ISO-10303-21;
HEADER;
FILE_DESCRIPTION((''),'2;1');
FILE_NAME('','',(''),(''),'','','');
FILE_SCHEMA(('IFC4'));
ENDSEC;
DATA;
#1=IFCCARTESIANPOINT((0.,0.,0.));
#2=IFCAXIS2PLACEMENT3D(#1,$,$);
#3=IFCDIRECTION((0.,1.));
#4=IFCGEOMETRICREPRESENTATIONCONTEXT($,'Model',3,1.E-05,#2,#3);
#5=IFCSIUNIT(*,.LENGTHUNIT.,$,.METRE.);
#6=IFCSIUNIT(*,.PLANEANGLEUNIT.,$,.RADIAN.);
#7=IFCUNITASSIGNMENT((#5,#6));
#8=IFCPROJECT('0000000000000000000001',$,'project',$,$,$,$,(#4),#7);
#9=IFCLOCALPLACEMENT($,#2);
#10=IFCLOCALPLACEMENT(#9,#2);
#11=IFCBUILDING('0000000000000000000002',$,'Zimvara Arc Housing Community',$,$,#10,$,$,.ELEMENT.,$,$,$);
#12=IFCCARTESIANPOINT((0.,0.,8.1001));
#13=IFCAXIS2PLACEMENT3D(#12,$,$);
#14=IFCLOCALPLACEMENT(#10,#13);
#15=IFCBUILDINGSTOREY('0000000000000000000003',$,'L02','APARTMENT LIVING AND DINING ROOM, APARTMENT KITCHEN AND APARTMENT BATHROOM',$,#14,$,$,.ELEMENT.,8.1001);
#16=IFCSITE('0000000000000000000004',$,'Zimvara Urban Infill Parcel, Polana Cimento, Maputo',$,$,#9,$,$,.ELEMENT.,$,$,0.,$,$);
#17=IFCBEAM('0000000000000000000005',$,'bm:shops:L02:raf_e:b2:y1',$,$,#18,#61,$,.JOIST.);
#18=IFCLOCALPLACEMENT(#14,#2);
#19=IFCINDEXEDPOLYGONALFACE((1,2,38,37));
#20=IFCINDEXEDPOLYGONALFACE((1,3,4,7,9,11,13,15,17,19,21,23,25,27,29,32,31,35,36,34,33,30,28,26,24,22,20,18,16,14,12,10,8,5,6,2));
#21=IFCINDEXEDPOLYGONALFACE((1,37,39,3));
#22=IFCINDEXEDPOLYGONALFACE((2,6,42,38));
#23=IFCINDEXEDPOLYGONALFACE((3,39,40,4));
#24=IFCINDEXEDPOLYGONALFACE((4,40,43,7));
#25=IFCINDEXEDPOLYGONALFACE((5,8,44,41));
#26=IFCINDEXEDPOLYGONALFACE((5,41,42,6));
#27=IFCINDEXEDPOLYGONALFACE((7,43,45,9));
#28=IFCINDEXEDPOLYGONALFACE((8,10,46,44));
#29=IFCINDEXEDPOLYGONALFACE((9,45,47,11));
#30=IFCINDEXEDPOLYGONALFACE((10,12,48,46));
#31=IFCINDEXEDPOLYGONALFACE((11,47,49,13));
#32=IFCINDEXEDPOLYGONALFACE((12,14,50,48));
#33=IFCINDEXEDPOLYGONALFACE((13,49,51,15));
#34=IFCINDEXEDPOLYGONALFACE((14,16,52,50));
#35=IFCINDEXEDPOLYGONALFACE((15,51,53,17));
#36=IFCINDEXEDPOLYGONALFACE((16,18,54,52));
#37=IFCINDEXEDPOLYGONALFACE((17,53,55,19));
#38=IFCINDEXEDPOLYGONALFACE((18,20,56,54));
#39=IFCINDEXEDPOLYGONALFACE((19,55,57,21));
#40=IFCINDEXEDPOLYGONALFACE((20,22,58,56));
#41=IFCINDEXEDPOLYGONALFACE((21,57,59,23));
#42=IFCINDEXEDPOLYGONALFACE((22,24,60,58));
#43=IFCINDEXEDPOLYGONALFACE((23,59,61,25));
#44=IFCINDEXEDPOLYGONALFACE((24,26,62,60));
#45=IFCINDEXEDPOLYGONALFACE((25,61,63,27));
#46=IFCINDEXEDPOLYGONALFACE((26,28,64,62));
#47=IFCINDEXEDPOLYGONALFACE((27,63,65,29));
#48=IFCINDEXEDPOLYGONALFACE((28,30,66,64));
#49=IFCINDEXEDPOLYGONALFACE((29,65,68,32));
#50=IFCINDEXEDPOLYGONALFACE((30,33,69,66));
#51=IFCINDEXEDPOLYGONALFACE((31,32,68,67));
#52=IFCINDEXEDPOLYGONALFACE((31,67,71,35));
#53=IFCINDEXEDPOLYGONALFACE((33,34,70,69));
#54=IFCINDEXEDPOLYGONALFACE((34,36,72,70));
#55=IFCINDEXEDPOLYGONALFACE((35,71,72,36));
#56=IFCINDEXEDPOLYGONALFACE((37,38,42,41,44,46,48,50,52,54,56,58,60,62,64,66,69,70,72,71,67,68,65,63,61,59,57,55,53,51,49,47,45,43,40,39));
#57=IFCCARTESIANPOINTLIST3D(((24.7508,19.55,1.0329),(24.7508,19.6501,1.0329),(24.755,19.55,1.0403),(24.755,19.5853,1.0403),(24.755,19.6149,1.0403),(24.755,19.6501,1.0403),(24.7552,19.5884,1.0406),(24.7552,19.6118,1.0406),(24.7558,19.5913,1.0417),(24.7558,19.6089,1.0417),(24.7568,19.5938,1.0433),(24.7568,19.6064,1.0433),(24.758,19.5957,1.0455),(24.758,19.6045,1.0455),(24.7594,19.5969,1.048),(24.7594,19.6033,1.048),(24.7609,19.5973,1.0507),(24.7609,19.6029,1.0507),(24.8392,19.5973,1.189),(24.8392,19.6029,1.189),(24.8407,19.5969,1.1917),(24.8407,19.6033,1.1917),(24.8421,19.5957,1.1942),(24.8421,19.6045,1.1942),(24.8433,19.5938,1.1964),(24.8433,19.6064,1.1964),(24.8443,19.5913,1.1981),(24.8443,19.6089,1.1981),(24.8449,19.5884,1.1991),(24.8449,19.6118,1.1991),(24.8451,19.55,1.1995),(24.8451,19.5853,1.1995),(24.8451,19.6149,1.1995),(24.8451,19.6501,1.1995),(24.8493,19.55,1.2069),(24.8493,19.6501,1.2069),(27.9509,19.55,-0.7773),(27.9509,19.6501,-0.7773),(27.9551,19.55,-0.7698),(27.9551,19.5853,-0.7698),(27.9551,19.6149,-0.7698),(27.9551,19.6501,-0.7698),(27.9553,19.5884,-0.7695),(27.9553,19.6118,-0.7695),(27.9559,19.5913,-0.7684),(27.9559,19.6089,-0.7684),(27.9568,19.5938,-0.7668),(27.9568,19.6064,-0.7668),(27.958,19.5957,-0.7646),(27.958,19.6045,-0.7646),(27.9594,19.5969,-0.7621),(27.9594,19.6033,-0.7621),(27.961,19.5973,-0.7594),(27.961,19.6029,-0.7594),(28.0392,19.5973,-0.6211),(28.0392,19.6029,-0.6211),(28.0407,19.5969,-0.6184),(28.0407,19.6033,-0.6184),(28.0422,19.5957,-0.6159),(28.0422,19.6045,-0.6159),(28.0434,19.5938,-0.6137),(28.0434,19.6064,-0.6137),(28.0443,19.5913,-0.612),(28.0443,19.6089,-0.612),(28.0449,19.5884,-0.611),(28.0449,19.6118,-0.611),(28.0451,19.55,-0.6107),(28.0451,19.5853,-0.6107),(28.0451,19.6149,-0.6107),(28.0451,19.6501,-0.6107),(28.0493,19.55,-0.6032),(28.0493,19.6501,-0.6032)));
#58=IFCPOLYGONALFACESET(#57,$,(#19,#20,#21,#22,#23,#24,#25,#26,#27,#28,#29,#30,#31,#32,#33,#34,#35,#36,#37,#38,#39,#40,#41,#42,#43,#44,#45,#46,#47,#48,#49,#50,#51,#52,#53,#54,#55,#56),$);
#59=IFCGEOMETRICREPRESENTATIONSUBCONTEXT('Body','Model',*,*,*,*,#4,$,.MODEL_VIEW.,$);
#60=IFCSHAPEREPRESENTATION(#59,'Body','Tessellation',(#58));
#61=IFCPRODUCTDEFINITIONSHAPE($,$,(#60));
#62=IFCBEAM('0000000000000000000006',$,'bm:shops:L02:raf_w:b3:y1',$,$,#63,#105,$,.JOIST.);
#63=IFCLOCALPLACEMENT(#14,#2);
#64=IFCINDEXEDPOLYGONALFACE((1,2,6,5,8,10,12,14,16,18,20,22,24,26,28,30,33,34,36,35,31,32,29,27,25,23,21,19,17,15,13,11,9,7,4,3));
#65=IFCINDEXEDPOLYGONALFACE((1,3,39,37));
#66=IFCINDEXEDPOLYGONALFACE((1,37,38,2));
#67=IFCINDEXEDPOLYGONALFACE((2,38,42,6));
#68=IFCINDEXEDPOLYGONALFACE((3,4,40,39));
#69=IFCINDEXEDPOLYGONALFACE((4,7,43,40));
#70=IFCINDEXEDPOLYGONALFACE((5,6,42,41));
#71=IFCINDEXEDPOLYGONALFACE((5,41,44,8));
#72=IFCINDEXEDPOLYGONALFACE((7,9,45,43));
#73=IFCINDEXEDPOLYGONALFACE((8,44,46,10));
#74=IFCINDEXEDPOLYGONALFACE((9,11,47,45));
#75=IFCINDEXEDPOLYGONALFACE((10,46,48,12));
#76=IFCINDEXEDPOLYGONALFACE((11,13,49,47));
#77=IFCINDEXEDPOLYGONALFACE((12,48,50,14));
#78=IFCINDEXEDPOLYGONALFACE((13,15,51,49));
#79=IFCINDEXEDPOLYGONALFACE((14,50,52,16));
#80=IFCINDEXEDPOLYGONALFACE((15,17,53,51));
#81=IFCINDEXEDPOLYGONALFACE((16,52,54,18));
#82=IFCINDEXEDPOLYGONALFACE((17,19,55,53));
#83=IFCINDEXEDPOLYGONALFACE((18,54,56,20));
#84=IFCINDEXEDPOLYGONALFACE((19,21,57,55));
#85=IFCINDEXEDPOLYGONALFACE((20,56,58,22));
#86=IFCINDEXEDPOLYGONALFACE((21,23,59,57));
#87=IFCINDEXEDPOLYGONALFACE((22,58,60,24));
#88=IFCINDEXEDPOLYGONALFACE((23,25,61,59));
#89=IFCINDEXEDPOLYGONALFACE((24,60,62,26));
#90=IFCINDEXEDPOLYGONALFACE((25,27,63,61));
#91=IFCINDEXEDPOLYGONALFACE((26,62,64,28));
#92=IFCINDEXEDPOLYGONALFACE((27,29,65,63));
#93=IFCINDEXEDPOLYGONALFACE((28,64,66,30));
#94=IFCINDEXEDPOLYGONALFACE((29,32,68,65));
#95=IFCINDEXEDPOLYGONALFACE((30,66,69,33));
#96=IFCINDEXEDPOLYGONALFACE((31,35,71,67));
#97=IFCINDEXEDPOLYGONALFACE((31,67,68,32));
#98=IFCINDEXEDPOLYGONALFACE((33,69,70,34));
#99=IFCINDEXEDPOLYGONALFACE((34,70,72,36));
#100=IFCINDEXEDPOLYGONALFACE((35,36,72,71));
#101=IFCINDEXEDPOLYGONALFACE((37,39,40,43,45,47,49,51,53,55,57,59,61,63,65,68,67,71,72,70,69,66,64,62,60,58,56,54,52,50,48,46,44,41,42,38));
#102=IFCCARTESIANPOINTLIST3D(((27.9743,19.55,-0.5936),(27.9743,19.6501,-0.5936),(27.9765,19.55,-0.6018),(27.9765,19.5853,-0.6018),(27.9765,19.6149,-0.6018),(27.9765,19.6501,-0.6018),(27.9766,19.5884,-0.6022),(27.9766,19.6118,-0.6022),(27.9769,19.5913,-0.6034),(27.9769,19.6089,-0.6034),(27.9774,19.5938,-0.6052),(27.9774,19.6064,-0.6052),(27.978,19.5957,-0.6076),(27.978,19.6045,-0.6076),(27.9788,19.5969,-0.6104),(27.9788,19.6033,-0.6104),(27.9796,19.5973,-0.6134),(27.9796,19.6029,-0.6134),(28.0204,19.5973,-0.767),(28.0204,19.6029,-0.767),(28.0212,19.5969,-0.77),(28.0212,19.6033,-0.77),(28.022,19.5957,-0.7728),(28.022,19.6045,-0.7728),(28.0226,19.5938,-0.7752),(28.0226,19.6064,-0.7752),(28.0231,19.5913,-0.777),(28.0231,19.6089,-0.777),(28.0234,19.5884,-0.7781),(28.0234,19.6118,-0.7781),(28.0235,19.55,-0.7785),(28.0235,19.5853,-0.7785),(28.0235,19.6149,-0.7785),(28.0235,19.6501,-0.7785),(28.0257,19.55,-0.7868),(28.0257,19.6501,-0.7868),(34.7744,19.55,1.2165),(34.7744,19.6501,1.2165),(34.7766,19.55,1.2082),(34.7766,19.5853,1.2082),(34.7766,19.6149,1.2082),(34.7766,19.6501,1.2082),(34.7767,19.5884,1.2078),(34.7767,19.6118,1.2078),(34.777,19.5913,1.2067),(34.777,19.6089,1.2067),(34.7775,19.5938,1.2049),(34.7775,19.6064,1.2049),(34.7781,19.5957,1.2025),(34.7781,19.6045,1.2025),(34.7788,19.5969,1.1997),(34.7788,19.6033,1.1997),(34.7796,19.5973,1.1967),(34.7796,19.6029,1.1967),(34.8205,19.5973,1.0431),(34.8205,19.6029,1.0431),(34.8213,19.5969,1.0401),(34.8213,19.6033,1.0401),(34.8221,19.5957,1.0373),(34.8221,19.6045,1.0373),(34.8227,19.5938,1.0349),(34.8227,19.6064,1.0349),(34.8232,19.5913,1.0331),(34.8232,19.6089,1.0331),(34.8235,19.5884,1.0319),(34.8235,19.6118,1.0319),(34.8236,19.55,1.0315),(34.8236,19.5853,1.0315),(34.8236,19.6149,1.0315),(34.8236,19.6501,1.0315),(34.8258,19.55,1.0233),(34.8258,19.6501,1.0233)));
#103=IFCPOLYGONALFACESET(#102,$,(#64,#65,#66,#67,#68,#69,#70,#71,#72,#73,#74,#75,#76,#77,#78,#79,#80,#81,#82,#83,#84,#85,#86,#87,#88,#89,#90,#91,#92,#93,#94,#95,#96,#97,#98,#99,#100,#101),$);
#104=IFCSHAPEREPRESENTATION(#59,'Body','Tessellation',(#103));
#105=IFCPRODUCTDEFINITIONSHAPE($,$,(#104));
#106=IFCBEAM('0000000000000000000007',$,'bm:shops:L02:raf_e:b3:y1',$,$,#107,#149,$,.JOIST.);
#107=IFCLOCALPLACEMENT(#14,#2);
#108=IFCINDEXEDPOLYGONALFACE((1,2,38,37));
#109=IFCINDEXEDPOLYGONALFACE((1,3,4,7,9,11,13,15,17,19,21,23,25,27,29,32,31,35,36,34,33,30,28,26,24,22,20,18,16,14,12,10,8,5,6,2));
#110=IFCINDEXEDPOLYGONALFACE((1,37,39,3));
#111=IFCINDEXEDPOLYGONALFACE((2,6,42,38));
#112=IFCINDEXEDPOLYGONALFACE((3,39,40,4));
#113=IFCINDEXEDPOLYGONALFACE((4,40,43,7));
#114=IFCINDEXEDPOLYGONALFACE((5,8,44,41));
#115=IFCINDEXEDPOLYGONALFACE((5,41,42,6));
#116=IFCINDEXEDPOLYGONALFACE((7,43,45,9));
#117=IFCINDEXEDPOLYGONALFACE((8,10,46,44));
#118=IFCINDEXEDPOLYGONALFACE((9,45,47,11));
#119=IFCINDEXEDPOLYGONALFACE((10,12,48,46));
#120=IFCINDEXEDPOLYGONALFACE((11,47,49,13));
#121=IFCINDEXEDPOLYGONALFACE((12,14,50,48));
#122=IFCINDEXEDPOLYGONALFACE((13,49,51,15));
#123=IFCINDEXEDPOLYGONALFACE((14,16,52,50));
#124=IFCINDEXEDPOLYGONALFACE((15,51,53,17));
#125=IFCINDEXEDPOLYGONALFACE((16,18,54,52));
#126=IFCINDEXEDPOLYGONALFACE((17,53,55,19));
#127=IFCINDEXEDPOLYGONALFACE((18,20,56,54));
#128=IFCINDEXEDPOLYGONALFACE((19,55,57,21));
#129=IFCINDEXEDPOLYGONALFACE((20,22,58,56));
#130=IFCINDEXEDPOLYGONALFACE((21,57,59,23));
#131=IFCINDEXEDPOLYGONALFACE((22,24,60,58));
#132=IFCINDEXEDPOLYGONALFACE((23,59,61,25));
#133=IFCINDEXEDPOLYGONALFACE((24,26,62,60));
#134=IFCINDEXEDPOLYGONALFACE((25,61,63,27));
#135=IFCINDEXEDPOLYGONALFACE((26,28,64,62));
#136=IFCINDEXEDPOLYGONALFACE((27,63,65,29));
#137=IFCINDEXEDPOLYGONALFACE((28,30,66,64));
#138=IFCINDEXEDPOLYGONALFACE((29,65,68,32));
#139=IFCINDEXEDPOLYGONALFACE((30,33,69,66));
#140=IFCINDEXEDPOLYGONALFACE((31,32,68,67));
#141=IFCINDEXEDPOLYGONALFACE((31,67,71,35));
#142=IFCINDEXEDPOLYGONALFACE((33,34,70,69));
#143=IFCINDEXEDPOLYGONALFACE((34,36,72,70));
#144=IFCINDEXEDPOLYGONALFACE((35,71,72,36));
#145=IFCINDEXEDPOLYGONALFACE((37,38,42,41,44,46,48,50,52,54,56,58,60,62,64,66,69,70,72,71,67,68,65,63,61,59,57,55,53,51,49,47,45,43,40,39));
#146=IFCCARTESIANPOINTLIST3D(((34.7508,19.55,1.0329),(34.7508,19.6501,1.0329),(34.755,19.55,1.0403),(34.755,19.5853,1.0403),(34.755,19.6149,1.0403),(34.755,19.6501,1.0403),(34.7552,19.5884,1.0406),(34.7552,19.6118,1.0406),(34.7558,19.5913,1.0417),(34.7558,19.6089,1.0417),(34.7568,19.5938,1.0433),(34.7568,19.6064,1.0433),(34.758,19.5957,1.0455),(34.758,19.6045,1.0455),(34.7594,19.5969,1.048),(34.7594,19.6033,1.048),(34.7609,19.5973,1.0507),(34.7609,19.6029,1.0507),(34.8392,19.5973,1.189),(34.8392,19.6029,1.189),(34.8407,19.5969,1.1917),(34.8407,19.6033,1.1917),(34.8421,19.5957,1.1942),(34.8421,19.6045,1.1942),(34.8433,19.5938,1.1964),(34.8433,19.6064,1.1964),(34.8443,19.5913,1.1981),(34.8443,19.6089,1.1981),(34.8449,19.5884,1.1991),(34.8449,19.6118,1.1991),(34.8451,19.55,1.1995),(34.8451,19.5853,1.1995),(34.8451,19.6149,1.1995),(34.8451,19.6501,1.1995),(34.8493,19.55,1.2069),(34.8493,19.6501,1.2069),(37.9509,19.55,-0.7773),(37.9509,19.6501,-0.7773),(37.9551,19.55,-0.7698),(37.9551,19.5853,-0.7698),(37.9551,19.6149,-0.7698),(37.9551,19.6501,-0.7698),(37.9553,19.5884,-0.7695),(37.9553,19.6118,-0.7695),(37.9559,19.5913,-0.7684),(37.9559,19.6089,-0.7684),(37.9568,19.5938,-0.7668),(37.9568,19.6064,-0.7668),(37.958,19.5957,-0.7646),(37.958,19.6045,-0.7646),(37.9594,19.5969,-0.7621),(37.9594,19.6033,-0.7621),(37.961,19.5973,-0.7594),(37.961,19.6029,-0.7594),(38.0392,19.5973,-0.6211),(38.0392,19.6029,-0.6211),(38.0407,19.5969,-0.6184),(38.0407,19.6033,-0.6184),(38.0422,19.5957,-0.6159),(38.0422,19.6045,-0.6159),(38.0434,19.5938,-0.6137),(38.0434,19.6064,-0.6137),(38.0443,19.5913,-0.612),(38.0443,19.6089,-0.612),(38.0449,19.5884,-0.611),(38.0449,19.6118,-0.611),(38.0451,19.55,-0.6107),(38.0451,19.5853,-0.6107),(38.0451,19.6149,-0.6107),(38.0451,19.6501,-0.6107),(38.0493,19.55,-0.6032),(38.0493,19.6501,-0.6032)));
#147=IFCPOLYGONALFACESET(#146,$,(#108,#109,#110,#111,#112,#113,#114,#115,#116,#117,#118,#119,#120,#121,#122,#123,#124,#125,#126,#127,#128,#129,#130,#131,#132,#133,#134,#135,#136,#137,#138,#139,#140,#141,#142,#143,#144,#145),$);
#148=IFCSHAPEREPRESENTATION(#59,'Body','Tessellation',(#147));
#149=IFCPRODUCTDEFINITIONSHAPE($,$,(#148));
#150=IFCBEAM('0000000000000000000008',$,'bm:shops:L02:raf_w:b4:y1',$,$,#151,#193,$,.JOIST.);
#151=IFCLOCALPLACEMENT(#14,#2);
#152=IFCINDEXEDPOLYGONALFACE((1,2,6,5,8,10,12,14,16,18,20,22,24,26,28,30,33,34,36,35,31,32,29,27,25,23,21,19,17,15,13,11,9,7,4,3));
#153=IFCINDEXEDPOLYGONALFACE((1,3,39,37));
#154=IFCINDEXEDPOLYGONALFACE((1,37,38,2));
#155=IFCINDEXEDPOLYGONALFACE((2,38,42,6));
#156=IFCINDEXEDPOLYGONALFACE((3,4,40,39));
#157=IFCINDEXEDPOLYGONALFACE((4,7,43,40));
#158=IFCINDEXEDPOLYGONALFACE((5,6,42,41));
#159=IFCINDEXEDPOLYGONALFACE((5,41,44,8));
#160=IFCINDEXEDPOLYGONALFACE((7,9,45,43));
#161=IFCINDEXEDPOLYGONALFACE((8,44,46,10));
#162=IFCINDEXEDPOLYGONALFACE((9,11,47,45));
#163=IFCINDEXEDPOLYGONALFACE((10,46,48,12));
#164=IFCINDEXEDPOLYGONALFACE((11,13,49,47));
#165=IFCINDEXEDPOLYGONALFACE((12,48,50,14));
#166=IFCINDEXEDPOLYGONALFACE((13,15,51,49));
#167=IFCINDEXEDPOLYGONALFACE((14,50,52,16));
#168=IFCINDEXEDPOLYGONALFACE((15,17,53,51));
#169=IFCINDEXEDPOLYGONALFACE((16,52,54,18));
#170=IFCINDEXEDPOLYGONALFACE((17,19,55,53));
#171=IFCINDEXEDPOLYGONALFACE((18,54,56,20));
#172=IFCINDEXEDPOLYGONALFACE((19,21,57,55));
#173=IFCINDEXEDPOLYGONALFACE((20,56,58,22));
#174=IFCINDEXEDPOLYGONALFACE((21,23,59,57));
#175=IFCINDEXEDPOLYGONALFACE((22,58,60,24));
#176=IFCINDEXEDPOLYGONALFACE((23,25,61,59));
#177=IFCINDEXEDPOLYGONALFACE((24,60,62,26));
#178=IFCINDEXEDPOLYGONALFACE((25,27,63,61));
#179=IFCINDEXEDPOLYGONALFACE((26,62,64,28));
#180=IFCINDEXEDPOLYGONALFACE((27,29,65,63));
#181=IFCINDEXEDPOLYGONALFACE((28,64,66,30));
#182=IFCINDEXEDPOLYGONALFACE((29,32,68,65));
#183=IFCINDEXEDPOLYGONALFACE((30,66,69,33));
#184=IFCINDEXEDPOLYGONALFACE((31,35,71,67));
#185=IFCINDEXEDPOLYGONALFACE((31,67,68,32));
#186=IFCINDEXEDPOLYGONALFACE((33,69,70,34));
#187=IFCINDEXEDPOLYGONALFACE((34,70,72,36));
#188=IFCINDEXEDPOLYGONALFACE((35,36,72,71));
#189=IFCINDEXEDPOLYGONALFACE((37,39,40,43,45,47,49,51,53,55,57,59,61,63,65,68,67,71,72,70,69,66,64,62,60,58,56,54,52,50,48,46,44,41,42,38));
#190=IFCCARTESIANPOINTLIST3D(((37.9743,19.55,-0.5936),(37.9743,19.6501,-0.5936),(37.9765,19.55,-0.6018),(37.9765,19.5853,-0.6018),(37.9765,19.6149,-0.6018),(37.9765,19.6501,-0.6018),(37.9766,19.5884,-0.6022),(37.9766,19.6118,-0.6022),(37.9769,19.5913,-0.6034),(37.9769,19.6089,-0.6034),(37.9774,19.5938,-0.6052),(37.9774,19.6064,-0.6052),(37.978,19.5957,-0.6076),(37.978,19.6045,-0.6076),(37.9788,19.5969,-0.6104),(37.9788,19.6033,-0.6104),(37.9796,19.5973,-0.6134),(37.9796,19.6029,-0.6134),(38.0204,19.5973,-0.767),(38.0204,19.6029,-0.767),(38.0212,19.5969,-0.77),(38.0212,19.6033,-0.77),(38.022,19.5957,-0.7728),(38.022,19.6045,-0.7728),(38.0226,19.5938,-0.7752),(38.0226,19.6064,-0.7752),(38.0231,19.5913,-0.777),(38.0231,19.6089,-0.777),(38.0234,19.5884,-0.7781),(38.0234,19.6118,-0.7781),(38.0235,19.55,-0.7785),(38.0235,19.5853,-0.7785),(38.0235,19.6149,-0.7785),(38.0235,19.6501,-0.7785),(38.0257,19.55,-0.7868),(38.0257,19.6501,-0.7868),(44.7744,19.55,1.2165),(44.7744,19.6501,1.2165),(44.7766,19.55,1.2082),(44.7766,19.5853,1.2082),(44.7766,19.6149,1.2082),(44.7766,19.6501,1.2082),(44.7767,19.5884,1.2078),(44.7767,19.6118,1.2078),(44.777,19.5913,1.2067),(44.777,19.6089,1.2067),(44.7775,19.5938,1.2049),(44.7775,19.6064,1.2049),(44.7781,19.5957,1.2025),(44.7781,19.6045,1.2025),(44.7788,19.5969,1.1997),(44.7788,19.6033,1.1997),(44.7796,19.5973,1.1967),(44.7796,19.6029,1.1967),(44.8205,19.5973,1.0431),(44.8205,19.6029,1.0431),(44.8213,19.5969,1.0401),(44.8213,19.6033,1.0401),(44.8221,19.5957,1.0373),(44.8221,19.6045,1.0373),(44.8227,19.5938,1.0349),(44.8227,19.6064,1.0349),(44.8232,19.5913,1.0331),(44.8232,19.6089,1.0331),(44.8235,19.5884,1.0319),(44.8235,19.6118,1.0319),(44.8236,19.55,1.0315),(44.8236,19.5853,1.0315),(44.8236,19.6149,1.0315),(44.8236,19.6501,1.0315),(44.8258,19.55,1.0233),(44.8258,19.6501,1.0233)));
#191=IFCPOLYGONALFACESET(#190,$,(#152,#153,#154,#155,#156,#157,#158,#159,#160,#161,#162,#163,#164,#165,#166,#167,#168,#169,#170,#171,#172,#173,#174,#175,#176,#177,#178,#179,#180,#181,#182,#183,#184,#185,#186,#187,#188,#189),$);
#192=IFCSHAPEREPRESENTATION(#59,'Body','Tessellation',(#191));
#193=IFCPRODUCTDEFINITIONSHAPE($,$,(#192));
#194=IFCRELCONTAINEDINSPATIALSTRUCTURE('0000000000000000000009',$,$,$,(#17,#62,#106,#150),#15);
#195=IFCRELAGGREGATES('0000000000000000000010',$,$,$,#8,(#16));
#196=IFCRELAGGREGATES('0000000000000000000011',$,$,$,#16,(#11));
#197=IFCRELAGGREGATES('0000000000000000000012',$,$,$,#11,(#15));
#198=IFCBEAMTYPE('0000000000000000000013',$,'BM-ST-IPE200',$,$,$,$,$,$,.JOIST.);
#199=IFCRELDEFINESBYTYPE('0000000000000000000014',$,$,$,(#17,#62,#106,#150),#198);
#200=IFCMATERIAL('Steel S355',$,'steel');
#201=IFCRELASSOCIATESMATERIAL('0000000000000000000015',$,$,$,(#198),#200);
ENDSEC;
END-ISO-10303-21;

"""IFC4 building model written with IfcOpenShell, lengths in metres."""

from ifc_helpers import new_model, si_unit, direction, frame, origin, origin_2d, place, context, subcontext, project, spatial, i_section, extrude, material, material_profile, profile_set, type_object, element, save


model = new_model("IFC4")

# Units and contexts
model_context = context("Model", 3, precision=1e-05, world=origin(), true_north=direction((0.0, 1.0)))
body_context = subcontext(model_context, "Body", "Model", "MODEL_VIEW")
ifc_project = project(units=[si_unit("LENGTHUNIT", "METRE"), si_unit("PLANEANGLEUNIT", "RADIAN")], contexts=[model_context])

# Site, building, storey
site_placement = place(None, origin())
site = spatial("IfcSite", under=ifc_project, at=site_placement, Name="Zimvara Urban Infill Parcel, Polana Cimento, Maputo", CompositionType="ELEMENT", RefElevation=0.0)
building_placement = place(site_placement, origin())
building = spatial("IfcBuilding", under=site, at=building_placement, Name="Zimvara Arc Housing Community", CompositionType="ELEMENT")
storey_placement = place(building_placement, frame((0.0, 0.0, 8.1001)))
storey = spatial("IfcBuildingStorey", under=building, at=storey_placement, Name="L02", Description="APARTMENT LIVING AND DINING ROOM, APARTMENT KITCHEN AND APARTMENT BATHROOM", CompositionType="ELEMENT", Elevation=8.1001)

# Beams
ifc_material_1 = material(Name="Steel S355", Category="steel")
ifc_material_profile_1 = material_profile(ifc_material_1, i_section(OverallWidth=0.1001, OverallDepth=0.2, WebThickness=0.0056, FlangeThickness=0.0085, FilletRadius=0.012, at=origin_2d()), Name="IPE 200")
ifc_profile_set_1 = profile_set([ifc_material_profile_1], Name="Steel S355")
beam_type = type_object("IfcBeamType", Name="BM-ST-IPE200", PredefinedType="JOIST", material=ifc_profile_set_1)
beam_1_placement = place(storey_placement, frame((24.8, 19.6001, 1.1199), z_axis=(0.870401, 0.0, -0.492344), x_axis=(0.0, 1.0, 0.0)))
element("IfcBeam", 1, at=beam_1_placement, inside=storey, type_object=beam_type, Name="bm:shops:L02:raf_e:b2:y1", PredefinedType="JOIST", context=body_context, shape_type="SweptSolid", body=[
    extrude(i_section(OverallWidth=0.1001, OverallDepth=0.2, WebThickness=0.0056, FlangeThickness=0.0085, FilletRadius=0.012, at=origin_2d()), origin(), (0.0, 0.0, 1.0), 3.6765),
])
beam_2_placement = place(storey_placement, frame((28.0, 19.6001, -0.6902), z_axis=(0.966351, 0.0, 0.257226), x_axis=(0.0, 1.0, 0.0)))
element("IfcBeam", 2, at=beam_2_placement, inside=storey, type_object=beam_type, Name="bm:shops:L02:raf_w:b3:y1", PredefinedType="JOIST", context=body_context, shape_type="SweptSolid", body=[
    extrude(i_section(OverallWidth=0.1001, OverallDepth=0.2, WebThickness=0.0056, FlangeThickness=0.0085, FilletRadius=0.012, at=origin_2d()), origin(), (0.0, 0.0, 1.0), 7.0369),
])
beam_3_placement = place(storey_placement, frame((34.8, 19.6001, 1.1199), z_axis=(0.870401, 0.0, -0.492344), x_axis=(0.0, 1.0, 0.0)))
element("IfcBeam", 3, at=beam_3_placement, inside=storey, type_object=beam_type, Name="bm:shops:L02:raf_e:b3:y1", PredefinedType="JOIST", context=body_context, shape_type="SweptSolid", body=[
    extrude(i_section(OverallWidth=0.1001, OverallDepth=0.2, WebThickness=0.0056, FlangeThickness=0.0085, FilletRadius=0.012, at=origin_2d()), origin(), (0.0, 0.0, 1.0), 3.6765),
])
beam_4_placement = place(storey_placement, frame((38.0, 19.6001, -0.6902), z_axis=(0.966351, 0.0, 0.257226), x_axis=(0.0, 1.0, 0.0)))
element("IfcBeam", 4, at=beam_4_placement, inside=storey, type_object=beam_type, Name="bm:shops:L02:raf_w:b4:y1", PredefinedType="JOIST", context=body_context, shape_type="SweptSolid", body=[
    extrude(i_section(OverallWidth=0.1001, OverallDepth=0.2, WebThickness=0.0056, FlangeThickness=0.0085, FilletRadius=0.012, at=origin_2d()), origin(), (0.0, 0.0, 1.0), 7.0369),
])

save(model, "model.ifc")
